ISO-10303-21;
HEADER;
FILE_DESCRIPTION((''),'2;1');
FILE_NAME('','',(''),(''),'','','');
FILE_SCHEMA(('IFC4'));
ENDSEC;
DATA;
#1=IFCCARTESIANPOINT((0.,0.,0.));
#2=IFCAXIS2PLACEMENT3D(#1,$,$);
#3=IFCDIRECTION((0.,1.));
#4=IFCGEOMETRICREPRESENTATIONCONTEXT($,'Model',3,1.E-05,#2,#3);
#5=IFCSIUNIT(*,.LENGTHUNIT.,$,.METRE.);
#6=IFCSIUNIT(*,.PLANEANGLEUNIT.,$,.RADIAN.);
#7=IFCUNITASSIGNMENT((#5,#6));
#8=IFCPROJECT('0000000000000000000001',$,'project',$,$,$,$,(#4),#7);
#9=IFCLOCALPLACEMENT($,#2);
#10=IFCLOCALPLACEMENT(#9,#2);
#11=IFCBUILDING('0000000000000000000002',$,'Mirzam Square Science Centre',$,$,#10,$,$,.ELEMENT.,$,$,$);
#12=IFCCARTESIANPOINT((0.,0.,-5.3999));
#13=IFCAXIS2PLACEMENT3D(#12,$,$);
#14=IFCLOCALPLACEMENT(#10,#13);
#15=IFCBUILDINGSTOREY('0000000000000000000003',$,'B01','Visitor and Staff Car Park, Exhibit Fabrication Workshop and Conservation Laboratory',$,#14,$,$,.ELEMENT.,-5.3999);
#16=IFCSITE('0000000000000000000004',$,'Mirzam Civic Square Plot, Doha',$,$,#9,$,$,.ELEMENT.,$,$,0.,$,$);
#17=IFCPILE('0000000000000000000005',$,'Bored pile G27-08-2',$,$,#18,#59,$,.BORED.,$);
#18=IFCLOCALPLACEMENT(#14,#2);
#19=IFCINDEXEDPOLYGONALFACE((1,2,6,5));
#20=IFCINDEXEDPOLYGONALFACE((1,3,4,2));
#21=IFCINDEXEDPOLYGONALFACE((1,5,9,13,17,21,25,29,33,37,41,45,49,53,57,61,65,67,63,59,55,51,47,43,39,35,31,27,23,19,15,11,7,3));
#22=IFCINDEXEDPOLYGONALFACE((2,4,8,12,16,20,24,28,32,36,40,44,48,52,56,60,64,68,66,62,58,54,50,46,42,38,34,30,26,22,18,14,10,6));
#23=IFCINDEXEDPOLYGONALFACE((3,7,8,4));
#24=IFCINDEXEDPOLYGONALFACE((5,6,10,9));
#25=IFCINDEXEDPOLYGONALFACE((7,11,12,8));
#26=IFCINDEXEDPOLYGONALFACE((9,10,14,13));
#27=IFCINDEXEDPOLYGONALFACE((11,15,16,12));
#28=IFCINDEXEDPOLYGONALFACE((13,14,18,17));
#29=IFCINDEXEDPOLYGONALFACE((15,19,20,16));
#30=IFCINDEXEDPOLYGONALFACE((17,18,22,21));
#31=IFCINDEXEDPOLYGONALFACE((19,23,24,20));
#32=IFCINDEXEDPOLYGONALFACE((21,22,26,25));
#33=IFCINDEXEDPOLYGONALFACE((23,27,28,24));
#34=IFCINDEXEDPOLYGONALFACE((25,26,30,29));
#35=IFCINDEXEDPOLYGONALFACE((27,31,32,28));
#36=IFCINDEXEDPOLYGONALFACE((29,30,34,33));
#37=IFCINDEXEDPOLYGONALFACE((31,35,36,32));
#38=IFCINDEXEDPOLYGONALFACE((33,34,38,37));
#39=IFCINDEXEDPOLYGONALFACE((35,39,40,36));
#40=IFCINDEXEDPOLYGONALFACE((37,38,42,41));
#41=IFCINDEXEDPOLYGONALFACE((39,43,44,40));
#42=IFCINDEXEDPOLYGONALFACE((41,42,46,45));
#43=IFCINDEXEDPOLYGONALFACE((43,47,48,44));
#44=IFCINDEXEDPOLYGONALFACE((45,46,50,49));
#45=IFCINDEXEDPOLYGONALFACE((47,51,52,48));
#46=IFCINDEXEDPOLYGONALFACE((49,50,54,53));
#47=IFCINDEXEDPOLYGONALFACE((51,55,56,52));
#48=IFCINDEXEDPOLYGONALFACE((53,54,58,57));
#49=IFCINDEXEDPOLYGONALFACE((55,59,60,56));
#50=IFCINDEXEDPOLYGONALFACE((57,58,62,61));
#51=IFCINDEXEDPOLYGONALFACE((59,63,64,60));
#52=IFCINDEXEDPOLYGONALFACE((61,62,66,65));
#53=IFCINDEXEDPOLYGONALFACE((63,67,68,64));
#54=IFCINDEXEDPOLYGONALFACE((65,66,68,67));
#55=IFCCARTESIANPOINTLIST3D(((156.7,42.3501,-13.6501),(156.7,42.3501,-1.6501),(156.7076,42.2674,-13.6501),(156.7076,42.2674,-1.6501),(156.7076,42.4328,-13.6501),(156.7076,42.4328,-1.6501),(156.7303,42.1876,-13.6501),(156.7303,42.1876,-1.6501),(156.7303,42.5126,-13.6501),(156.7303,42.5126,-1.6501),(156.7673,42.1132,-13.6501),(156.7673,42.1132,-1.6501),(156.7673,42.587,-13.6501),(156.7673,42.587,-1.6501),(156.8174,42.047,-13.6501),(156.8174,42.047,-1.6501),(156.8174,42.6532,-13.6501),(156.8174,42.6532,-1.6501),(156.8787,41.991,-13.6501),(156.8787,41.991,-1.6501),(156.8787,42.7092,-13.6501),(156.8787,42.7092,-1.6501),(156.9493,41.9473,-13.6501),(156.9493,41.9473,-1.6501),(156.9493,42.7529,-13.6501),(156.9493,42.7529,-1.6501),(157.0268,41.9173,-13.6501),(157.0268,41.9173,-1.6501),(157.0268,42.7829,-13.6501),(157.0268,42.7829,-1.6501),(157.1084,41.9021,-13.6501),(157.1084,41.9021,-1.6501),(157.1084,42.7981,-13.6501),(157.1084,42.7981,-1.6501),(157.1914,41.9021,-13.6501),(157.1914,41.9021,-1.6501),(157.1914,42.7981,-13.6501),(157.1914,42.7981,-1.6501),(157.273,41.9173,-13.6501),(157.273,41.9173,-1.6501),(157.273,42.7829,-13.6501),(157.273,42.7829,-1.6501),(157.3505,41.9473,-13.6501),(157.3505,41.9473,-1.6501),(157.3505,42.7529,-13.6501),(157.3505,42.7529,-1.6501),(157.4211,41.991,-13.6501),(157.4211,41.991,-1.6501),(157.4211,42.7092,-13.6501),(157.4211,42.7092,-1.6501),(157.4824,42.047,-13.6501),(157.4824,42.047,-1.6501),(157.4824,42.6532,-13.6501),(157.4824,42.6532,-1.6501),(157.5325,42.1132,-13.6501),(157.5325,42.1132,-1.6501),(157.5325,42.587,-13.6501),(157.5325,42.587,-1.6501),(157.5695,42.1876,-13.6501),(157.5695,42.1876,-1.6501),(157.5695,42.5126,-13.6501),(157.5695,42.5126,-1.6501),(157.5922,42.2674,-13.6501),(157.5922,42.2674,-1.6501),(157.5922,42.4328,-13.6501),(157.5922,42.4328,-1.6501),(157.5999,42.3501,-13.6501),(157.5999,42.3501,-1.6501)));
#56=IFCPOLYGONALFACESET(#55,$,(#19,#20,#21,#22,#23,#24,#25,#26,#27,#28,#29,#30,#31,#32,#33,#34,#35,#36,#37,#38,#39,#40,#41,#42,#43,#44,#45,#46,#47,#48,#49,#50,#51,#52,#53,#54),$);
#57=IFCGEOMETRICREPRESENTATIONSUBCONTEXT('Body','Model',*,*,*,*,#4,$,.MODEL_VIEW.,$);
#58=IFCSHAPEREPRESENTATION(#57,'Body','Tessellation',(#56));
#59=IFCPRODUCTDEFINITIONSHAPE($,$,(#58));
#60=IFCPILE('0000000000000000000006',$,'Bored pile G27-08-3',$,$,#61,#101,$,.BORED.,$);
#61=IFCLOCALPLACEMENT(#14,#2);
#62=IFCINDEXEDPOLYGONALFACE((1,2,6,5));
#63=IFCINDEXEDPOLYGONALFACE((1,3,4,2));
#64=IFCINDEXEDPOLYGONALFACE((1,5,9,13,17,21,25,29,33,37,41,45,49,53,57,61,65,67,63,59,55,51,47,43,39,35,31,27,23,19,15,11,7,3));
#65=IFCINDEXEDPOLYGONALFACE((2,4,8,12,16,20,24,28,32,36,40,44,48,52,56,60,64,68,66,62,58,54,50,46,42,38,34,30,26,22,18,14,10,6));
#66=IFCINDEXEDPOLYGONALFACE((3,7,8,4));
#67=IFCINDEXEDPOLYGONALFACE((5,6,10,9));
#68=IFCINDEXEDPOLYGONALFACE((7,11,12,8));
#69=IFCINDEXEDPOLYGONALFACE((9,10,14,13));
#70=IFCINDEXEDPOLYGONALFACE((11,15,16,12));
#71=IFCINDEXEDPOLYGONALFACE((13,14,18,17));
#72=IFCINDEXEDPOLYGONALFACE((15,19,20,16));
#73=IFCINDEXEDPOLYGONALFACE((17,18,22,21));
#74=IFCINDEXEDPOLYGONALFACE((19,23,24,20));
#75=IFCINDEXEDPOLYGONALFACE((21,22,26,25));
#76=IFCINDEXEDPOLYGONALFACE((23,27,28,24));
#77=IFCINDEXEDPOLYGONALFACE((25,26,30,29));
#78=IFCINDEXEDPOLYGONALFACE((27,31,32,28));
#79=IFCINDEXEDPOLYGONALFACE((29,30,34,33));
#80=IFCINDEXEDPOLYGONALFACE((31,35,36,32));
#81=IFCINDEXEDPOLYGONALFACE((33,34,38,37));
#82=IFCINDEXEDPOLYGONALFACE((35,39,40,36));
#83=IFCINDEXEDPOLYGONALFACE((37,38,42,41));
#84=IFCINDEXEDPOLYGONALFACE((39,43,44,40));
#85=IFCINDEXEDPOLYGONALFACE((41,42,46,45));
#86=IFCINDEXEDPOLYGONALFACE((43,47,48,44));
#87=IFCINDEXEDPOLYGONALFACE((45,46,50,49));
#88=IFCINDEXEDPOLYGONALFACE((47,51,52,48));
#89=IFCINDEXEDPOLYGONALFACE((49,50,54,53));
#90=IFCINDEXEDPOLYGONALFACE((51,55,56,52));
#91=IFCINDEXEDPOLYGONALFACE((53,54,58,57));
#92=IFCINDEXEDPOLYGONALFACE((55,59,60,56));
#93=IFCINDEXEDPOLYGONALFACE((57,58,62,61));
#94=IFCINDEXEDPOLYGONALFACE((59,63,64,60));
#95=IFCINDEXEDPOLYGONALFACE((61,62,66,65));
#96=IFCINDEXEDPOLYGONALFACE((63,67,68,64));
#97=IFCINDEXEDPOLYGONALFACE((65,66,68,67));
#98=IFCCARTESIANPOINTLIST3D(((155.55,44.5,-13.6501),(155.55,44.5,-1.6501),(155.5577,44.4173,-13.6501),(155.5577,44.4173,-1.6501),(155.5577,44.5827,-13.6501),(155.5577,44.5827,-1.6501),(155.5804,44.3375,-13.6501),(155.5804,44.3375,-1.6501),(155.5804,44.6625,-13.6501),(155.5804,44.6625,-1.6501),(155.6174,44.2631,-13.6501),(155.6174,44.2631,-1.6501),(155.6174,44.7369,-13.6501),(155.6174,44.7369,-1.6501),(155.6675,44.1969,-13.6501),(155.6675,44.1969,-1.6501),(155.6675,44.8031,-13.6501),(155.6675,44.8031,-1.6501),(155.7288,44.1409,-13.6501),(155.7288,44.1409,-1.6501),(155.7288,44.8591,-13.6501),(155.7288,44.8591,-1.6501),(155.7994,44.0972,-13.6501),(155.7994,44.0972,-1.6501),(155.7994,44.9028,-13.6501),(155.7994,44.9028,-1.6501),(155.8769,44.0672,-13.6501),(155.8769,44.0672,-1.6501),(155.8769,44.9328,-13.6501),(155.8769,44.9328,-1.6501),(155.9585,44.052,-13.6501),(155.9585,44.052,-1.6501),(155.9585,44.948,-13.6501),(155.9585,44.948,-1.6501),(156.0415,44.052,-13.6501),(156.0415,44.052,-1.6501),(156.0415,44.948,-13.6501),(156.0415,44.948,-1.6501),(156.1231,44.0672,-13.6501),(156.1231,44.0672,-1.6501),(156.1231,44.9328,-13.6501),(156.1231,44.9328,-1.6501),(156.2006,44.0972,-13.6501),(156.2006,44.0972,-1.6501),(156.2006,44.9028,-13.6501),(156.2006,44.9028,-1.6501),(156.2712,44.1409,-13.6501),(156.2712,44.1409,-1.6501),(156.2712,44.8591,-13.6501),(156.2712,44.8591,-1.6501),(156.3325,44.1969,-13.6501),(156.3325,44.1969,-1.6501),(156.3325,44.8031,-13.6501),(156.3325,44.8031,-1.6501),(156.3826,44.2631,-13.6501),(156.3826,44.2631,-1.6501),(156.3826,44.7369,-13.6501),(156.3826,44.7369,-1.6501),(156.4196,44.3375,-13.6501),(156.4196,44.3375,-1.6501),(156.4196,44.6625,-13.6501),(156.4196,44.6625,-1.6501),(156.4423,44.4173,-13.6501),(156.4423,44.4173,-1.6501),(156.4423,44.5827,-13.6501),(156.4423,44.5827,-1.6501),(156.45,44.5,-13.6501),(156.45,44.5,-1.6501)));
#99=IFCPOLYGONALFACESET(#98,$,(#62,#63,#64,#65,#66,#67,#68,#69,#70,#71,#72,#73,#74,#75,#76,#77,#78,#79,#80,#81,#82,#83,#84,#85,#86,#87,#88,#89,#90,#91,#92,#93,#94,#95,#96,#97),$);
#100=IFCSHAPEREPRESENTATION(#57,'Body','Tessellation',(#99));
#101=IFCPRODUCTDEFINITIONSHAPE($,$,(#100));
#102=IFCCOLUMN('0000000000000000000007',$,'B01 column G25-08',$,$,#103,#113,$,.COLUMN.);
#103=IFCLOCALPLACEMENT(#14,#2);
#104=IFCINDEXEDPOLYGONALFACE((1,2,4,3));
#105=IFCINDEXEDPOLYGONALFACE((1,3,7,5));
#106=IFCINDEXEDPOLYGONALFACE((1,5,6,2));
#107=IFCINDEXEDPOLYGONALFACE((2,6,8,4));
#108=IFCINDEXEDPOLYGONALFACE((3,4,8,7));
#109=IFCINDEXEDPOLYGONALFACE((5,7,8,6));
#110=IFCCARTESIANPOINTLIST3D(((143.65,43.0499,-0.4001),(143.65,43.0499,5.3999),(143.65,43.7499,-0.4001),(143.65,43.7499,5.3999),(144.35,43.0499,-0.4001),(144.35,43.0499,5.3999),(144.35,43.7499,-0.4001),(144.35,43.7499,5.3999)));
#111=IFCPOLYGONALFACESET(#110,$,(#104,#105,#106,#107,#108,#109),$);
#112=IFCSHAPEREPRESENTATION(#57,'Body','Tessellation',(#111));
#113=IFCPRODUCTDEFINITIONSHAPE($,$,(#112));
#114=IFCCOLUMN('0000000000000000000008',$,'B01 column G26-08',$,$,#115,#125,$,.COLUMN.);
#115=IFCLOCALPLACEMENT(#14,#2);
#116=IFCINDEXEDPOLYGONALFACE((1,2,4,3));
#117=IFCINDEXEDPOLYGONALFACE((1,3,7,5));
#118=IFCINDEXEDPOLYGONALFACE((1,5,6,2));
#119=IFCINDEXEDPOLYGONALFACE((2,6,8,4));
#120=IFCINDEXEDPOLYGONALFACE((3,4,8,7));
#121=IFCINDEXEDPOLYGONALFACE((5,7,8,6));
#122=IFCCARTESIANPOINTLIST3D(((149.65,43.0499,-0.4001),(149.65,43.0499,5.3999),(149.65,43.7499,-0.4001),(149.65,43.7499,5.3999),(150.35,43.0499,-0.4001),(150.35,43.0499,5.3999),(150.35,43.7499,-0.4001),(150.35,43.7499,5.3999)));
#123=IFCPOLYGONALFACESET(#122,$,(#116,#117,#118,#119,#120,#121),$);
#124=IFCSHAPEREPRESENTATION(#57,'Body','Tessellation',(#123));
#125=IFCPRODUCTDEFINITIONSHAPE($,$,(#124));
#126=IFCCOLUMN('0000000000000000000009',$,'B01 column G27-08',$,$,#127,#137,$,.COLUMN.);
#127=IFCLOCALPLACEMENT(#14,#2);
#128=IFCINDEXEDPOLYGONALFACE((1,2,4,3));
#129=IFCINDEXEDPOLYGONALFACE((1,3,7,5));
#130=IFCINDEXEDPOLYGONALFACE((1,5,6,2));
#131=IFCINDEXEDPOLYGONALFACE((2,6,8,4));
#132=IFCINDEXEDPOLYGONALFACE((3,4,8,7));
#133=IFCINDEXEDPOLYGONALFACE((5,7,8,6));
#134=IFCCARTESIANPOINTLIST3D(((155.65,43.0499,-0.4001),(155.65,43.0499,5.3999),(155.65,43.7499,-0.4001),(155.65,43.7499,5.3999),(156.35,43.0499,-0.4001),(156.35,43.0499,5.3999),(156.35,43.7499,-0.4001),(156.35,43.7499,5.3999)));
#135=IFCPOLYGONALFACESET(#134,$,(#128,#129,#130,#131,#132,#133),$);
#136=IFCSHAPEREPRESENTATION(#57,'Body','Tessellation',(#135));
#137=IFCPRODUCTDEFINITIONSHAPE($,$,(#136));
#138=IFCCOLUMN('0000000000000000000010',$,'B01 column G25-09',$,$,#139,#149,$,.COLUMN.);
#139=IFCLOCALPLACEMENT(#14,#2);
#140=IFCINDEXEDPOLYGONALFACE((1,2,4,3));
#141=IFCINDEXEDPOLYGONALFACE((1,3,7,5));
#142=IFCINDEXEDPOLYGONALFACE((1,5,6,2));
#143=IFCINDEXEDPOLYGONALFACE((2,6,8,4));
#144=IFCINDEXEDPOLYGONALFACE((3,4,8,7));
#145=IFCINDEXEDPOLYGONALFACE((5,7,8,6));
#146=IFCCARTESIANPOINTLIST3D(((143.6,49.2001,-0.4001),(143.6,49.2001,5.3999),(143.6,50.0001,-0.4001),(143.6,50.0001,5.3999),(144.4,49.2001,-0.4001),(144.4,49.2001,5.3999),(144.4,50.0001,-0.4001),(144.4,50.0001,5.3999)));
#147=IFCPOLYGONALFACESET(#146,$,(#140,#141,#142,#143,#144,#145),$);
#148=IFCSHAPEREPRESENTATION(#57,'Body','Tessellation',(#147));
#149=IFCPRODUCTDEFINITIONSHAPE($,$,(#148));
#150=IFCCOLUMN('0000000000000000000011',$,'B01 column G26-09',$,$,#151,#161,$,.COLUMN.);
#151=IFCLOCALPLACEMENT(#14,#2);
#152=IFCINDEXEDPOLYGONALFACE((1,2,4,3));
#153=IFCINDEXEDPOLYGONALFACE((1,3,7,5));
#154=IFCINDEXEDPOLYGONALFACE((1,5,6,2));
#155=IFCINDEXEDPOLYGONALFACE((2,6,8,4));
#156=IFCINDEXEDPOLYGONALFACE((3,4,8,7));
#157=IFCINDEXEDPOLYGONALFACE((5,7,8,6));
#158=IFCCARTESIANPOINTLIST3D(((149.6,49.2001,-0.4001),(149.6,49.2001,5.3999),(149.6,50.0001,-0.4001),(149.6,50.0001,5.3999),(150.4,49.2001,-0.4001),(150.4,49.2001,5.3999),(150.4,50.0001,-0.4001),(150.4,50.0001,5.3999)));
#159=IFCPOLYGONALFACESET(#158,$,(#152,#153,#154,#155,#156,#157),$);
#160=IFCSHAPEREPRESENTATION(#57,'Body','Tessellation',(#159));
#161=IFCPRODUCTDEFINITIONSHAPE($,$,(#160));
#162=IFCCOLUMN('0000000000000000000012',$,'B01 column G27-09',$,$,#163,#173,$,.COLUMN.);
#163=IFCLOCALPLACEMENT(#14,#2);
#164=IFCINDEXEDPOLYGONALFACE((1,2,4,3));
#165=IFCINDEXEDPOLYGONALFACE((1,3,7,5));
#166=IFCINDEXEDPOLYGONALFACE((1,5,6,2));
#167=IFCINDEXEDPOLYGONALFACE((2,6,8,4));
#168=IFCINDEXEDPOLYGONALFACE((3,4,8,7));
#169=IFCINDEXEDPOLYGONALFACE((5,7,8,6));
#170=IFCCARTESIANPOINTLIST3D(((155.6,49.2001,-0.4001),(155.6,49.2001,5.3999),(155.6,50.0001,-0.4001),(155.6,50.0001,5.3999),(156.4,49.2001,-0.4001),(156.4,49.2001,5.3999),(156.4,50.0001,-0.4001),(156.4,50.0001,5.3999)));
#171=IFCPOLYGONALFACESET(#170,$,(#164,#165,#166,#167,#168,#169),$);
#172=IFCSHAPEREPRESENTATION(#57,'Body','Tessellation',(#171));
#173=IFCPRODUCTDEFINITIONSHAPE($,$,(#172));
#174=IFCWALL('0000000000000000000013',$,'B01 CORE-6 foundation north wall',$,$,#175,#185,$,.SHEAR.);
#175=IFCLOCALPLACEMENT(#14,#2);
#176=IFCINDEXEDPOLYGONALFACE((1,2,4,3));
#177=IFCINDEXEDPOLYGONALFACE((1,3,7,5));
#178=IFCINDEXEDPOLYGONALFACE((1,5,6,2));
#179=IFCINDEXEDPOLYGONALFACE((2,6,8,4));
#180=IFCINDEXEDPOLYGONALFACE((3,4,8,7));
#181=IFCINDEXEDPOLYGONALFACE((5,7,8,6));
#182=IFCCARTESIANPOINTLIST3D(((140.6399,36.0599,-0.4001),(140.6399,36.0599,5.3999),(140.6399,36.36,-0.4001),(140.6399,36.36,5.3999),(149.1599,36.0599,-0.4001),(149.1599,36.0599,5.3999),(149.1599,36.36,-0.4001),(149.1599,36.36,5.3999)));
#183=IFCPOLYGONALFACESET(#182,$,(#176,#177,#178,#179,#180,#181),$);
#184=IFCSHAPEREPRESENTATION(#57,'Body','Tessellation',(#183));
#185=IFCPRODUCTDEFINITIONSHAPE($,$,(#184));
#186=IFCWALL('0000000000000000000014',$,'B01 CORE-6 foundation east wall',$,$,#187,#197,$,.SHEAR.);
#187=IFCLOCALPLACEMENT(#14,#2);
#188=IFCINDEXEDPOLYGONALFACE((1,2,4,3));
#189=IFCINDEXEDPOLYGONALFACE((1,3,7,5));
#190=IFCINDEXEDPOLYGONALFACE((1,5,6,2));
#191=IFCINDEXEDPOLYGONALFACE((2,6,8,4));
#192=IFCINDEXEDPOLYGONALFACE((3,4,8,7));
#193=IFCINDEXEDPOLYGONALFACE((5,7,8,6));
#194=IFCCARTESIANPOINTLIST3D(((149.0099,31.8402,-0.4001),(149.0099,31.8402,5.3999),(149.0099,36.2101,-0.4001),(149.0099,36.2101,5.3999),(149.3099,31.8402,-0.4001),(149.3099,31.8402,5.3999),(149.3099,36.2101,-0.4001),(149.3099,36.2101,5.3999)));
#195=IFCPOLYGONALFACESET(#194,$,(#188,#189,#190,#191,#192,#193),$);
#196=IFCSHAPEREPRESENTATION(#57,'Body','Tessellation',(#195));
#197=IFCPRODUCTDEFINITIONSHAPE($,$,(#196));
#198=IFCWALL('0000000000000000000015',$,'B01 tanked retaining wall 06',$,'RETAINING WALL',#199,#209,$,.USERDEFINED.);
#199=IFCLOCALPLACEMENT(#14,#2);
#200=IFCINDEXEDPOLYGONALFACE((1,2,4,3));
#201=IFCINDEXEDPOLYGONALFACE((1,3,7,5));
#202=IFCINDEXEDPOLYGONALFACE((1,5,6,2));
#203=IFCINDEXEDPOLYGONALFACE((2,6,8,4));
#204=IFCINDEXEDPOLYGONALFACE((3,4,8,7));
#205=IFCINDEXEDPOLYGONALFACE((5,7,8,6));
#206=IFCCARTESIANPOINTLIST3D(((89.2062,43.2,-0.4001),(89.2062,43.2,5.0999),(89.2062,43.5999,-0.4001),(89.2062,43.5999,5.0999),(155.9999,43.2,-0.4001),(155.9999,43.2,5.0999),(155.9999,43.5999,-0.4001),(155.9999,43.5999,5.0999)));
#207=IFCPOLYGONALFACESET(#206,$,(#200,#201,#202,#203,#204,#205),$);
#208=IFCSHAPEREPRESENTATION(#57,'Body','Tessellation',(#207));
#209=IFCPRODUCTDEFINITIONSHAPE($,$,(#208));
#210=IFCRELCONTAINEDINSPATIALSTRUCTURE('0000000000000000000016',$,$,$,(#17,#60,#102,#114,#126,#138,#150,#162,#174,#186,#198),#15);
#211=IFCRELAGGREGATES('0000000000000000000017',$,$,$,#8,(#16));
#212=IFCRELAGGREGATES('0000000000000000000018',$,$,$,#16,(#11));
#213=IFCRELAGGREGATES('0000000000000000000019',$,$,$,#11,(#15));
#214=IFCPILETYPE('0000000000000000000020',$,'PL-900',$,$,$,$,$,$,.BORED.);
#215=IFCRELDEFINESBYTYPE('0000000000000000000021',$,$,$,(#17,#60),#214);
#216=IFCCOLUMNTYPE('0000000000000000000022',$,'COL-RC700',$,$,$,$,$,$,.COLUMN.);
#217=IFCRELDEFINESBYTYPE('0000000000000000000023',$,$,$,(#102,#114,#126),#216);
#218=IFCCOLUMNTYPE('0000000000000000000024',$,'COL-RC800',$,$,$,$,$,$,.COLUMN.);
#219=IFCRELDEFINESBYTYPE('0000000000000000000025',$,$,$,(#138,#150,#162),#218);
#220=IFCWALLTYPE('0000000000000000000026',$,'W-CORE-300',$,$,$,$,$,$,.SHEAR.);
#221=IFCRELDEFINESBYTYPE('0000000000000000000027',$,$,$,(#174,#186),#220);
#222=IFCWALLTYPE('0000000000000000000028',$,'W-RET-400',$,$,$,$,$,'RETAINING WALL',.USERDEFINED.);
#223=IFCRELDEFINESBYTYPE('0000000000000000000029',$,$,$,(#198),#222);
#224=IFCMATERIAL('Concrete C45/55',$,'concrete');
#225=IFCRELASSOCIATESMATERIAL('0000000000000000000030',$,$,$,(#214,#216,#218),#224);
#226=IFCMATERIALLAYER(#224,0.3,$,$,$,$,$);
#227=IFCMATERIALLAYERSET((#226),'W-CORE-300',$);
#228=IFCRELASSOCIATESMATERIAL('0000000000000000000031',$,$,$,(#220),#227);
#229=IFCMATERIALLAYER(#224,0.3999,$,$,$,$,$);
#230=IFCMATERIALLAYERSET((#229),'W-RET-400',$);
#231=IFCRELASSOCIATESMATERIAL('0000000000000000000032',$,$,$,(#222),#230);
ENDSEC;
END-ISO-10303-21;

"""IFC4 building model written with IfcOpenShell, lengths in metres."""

from ifc_helpers import new_model, si_unit, direction, frame, frame_2d, origin, origin_2d, place, context, subcontext, project, spatial, rectangle, circle, extrude, material, layer, layer_set, material_profile, profile_set, type_object, element, save


model = new_model("IFC4")

# Units and contexts
model_context = context("Model", 3, precision=1e-05, world=origin(), true_north=direction((0.0, 1.0)))
body_context = subcontext(model_context, "Body", "Model", "MODEL_VIEW")
ifc_project = project(units=[si_unit("LENGTHUNIT", "METRE"), si_unit("PLANEANGLEUNIT", "RADIAN")], contexts=[model_context])

# Site, building, storey
site_placement = place(None, origin())
site = spatial("IfcSite", under=ifc_project, at=site_placement, Name="Mirzam Civic Square Plot, Doha", CompositionType="ELEMENT", RefElevation=0.0)
building_placement = place(site_placement, origin())
building = spatial("IfcBuilding", under=site, at=building_placement, Name="Mirzam Square Science Centre", CompositionType="ELEMENT")
storey_placement = place(building_placement, frame((0.0, 0.0, -5.3999)))
storey = spatial("IfcBuildingStorey", under=building, at=storey_placement, Name="B01", Description="Visitor and Staff Car Park, Exhibit Fabrication Workshop and Conservation Laboratory", CompositionType="ELEMENT", Elevation=-5.3999)

# Shared definitions
ifc_material = material(Name="Concrete C45/55", Category="concrete")

# Piles
ifc_material_profile_1 = material_profile(ifc_material, circle(Radius=0.45, at=origin_2d()), Name="PILE-D900")
ifc_profile_set_1 = profile_set([ifc_material_profile_1], Name="Concrete C45/55")
pile_type_1 = type_object("IfcPileType", Name="PL-900", PredefinedType="BORED", material=ifc_profile_set_1)
for number, where, z_axis, x_axis, name in (
    (1, (157.1499, 42.3501, -1.6501), (0.0, 0.0, -1.0), (1.0, 0.0, 0.0), "Bored pile G27-08-2"),
    (2, (156.0, 44.5, -1.6501), (0.0, 0.0, -1.0), (1.0, 0.0, 0.0), "Bored pile G27-08-3"),
):
    element("IfcPile", number, at=place(storey_placement, frame(where, z_axis=z_axis, x_axis=x_axis)), inside=storey, type_object=pile_type_1, Name=name, PredefinedType="BORED", context=body_context, shape_type="SweptSolid", body=[
        extrude(circle(Radius=0.45, at=origin_2d()), origin(), (0.0, 0.0, 1.0), 12.0),
    ])

# Columns
ifc_material_profile_2 = material_profile(ifc_material, rectangle(XDim=0.7, YDim=0.7, at=origin_2d()), Name="RC700x700")
ifc_profile_set_2 = profile_set([ifc_material_profile_2], Name="Concrete C45/55")
column_type_1 = type_object("IfcColumnType", Name="COL-RC700", PredefinedType="COLUMN", material=ifc_profile_set_2)
for number, where, z_axis, x_axis, name in (
    (3, (144.0, 43.3999, -0.4001), (0.0, 0.0, 1.0), (1.0, 0.0, 0.0), "B01 column G25-08"),
    (4, (150.0, 43.3999, -0.4001), (0.0, 0.0, 1.0), (1.0, 0.0, 0.0), "B01 column G26-08"),
    (5, (156.0, 43.3999, -0.4001), (0.0, 0.0, 1.0), (1.0, 0.0, 0.0), "B01 column G27-08"),
):
    element("IfcColumn", number, at=place(storey_placement, frame(where, z_axis=z_axis, x_axis=x_axis)), inside=storey, type_object=column_type_1, Name=name, PredefinedType="COLUMN", context=body_context, shape_type="SweptSolid", body=[
        extrude(rectangle(XDim=0.7, YDim=0.7, at=origin_2d()), origin(), (0.0, 0.0, 1.0), 5.8),
    ])
ifc_material_profile_3 = material_profile(ifc_material, rectangle(XDim=0.8, YDim=0.8, at=origin_2d()), Name="RC800x800")
ifc_profile_set_3 = profile_set([ifc_material_profile_3], Name="Concrete C45/55")
column_type_2 = type_object("IfcColumnType", Name="COL-RC800", PredefinedType="COLUMN", material=ifc_profile_set_3)
for number, where, z_axis, x_axis, name in (
    (6, (144.0, 49.6001, -0.4001), (0.0, 0.0, 1.0), (1.0, 0.0, 0.0), "B01 column G25-09"),
    (7, (150.0, 49.6001, -0.4001), (0.0, 0.0, 1.0), (1.0, 0.0, 0.0), "B01 column G26-09"),
    (8, (156.0, 49.6001, -0.4001), (0.0, 0.0, 1.0), (1.0, 0.0, 0.0), "B01 column G27-09"),
):
    element("IfcColumn", number, at=place(storey_placement, frame(where, z_axis=z_axis, x_axis=x_axis)), inside=storey, type_object=column_type_2, Name=name, PredefinedType="COLUMN", context=body_context, shape_type="SweptSolid", body=[
        extrude(rectangle(XDim=0.8, YDim=0.8, at=origin_2d()), origin(), (0.0, 0.0, 1.0), 5.8),
    ])

# Walls
ifc_layer_1 = layer(ifc_material, 0.3)
ifc_layer_set_1 = layer_set([ifc_layer_1], Name="W-CORE-300")
wall_type_1 = type_object("IfcWallType", Name="W-CORE-300", PredefinedType="SHEAR", material=ifc_layer_set_1)
wall_1_placement = place(storey_placement, frame((149.1599, 36.21, -0.4001), z_axis=(0.0, 0.0, 1.0), x_axis=(-1.0, 0.0, 0.0)))
element("IfcWall", 9, at=wall_1_placement, inside=storey, type_object=wall_type_1, Name="B01 CORE-6 foundation north wall", PredefinedType="SHEAR", context=body_context, shape_type="SweptSolid", body=[
    extrude(rectangle(XDim=8.52, YDim=0.3, at=frame_2d((4.26, 0.0))), origin(), (0.0, 0.0, 1.0), 5.8),
])
wall_2_placement = place(storey_placement, frame((149.1599, 31.8401, -0.4001), z_axis=(0.0, 0.0, 1.0), x_axis=(0.0, 1.0, 0.0)))
element("IfcWall", 10, at=wall_2_placement, inside=storey, type_object=wall_type_1, Name="B01 CORE-6 foundation east wall", PredefinedType="SHEAR", context=body_context, shape_type="SweptSolid", body=[
    extrude(rectangle(XDim=4.3699, YDim=0.3, at=frame_2d((2.1851, 0.0))), origin(), (0.0, 0.0, 1.0), 5.8),
])
ifc_layer_2 = layer(ifc_material, 0.3999)
ifc_layer_set_2 = layer_set([ifc_layer_2], Name="W-RET-400")
wall_type_2 = type_object("IfcWallType", Name="W-RET-400", ElementType="RETAINING WALL", PredefinedType="USERDEFINED", material=ifc_layer_set_2)
wall_3_placement = place(storey_placement, frame((156.0, 43.3999, -0.4001), z_axis=(0.0, 0.0, 1.0), x_axis=(-1.0, 0.0, 0.0)))
element("IfcWall", 11, at=wall_3_placement, inside=storey, type_object=wall_type_2, Name="B01 tanked retaining wall 06", ObjectType="RETAINING WALL", PredefinedType="USERDEFINED", context=body_context, shape_type="SweptSolid", body=[
    extrude(rectangle(XDim=66.7937, YDim=0.3999, at=frame_2d((33.397, 0.0))), origin(), (0.0, 0.0, 1.0), 5.5),
])

save(model, "model.ifc")
